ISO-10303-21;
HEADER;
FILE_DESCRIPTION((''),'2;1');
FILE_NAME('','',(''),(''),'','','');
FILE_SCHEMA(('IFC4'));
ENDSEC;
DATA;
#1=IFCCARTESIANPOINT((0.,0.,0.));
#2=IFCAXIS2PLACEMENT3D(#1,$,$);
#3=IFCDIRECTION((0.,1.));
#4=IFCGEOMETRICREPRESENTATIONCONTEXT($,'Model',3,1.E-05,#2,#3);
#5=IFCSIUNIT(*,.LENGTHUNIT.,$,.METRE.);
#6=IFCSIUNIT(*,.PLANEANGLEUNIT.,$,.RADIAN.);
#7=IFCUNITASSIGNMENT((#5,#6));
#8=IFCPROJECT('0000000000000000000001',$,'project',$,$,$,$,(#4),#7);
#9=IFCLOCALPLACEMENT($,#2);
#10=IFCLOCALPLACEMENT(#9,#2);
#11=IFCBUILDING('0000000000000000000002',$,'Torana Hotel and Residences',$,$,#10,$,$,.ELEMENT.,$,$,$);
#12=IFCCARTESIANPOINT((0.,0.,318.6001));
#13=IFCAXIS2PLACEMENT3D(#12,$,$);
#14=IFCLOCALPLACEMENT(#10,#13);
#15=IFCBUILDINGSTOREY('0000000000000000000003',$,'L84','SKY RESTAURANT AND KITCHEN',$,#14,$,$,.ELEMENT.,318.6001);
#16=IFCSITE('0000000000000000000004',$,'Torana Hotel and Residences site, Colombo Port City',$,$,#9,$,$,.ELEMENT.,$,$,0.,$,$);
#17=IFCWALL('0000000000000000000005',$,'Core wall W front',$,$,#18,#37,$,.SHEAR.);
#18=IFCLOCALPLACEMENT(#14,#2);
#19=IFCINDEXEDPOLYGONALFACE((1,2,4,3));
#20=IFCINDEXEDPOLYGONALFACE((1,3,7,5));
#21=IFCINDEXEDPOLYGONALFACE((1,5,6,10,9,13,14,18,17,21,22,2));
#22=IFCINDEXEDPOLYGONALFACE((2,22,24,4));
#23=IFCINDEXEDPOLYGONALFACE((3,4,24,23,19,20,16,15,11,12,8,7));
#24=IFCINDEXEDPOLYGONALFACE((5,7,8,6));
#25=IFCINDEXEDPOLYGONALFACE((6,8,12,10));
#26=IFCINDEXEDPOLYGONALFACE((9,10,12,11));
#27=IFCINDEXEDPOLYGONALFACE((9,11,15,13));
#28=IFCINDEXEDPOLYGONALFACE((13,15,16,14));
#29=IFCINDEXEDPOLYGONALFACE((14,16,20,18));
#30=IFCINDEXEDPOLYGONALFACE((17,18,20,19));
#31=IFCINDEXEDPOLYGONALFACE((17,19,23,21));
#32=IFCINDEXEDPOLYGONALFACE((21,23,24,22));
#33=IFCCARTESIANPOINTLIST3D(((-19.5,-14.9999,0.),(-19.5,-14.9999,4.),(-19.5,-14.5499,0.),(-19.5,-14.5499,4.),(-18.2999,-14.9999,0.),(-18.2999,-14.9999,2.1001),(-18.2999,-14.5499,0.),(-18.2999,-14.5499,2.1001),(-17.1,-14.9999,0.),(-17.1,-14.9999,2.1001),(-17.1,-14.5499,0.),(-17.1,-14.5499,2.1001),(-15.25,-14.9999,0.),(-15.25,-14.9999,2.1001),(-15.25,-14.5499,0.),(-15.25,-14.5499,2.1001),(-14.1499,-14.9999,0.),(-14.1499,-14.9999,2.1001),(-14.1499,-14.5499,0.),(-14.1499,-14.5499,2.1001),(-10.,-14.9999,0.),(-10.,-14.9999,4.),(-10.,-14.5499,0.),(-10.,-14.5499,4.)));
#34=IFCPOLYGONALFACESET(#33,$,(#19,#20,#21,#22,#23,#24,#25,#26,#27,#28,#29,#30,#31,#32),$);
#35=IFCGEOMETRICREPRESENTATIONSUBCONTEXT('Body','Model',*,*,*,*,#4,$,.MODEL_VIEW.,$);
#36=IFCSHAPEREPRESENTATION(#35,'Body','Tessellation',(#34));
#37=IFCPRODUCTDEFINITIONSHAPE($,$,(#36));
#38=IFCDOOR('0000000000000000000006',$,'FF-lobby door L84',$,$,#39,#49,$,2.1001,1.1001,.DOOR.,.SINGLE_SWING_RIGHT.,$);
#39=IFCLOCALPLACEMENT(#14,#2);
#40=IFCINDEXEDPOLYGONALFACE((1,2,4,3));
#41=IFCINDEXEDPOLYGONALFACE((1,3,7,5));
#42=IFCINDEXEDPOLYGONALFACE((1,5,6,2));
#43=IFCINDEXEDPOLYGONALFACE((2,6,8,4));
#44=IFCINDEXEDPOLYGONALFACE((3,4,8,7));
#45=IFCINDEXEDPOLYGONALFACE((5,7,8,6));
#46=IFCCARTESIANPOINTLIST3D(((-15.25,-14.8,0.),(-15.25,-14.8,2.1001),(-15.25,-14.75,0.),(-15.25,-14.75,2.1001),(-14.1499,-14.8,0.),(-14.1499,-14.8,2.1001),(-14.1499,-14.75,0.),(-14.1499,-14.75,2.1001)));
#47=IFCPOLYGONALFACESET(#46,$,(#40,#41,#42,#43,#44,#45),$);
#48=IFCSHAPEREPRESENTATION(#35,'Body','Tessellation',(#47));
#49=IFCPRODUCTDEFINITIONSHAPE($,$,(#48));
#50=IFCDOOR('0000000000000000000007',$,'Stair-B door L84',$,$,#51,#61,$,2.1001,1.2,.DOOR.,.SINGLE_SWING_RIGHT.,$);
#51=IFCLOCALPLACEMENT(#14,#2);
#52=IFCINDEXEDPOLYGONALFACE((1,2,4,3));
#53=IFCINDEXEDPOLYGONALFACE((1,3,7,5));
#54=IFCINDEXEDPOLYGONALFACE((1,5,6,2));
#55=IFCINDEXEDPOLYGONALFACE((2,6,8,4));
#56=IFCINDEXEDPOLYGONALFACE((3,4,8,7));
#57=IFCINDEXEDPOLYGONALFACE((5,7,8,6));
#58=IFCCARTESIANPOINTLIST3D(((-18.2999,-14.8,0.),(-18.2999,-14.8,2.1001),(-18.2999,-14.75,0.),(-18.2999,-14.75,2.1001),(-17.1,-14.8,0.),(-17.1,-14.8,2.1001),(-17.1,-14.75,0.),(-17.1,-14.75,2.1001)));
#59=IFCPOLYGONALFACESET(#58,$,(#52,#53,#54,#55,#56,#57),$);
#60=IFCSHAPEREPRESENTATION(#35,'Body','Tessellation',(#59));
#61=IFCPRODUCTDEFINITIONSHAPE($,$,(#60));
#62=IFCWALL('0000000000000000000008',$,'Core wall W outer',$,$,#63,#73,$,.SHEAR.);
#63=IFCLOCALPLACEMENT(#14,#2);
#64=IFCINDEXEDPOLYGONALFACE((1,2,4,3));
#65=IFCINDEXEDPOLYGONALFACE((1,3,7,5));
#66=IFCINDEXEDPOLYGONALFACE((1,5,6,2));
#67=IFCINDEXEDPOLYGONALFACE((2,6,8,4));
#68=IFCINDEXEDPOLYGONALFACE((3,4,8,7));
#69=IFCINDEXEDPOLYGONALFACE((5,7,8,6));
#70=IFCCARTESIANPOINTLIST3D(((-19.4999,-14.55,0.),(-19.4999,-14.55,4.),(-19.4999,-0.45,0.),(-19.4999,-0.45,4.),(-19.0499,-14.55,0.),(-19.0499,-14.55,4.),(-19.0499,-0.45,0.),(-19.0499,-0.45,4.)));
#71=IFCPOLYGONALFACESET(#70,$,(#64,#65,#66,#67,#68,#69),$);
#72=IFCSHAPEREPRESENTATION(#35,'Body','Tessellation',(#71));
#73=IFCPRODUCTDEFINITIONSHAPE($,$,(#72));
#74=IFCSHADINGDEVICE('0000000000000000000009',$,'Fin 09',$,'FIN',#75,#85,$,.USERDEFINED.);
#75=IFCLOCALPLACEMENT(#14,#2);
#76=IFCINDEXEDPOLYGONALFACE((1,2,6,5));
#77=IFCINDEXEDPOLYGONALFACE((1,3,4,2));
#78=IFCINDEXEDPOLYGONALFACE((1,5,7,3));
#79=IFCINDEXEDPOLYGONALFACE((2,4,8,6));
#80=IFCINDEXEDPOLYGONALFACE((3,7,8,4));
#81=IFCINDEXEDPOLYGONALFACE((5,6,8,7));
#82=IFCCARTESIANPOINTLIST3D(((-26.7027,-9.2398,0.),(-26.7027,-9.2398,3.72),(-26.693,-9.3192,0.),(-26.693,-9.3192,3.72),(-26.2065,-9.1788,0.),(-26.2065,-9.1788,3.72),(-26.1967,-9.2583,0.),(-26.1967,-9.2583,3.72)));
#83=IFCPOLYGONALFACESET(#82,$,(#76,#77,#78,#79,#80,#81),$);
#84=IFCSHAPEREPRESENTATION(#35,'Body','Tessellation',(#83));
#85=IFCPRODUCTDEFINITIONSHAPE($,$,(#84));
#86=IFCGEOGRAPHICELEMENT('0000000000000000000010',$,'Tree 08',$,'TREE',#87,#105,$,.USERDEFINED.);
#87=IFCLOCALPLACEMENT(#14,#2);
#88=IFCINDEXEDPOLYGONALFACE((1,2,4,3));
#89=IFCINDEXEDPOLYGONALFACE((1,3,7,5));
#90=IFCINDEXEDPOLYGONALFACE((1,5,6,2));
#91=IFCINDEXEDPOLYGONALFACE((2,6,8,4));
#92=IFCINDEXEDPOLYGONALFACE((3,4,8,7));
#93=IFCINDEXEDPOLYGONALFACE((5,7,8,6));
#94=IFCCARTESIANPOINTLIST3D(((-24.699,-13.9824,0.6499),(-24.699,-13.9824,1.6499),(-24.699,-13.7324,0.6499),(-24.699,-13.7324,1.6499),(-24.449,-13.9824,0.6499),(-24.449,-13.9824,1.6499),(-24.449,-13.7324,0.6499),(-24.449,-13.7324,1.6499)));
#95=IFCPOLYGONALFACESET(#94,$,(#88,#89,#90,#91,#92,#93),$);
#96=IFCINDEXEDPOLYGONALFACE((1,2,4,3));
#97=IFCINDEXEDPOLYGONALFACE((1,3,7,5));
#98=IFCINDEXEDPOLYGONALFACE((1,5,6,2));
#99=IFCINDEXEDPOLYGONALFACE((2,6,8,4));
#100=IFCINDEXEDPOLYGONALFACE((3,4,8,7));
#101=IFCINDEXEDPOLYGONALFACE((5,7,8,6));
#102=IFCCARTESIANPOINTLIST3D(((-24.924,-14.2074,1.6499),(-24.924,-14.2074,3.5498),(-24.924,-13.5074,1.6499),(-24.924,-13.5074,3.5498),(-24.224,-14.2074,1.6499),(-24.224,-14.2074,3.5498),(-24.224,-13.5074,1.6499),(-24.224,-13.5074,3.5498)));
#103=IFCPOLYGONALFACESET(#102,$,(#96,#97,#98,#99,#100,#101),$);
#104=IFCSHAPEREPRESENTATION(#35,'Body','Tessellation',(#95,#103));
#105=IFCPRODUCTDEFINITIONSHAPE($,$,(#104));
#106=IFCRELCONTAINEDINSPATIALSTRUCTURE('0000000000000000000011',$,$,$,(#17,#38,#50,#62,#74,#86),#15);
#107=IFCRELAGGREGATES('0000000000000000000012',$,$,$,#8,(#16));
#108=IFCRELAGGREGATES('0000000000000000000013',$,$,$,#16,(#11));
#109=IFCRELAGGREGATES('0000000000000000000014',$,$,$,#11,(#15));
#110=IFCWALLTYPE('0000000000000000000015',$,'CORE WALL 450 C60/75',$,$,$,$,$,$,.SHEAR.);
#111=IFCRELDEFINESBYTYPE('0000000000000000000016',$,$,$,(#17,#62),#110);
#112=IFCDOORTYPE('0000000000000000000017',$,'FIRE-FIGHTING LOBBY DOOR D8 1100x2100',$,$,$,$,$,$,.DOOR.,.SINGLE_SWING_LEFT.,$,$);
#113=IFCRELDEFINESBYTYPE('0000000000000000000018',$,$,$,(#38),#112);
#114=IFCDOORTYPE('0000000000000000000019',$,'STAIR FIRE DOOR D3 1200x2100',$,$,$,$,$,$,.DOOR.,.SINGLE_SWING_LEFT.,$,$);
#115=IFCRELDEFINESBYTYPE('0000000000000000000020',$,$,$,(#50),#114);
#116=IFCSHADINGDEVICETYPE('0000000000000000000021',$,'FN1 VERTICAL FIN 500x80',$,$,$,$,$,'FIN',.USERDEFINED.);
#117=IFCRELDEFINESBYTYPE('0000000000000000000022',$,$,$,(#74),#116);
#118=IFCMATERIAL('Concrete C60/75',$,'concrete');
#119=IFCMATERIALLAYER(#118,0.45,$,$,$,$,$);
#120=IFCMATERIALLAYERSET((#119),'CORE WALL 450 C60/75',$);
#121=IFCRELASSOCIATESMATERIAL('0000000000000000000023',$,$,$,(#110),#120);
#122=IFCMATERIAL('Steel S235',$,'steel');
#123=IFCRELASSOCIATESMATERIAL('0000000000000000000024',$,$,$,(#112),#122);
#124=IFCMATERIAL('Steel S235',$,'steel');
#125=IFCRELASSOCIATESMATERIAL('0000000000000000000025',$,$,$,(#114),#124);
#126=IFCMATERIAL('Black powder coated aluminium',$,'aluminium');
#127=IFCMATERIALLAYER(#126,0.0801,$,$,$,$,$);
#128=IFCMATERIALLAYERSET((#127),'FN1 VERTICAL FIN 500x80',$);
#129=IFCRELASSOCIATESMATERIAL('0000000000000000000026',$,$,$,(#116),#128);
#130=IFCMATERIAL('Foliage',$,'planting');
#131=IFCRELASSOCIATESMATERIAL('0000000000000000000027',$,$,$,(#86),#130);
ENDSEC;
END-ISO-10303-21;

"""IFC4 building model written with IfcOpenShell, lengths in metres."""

from ifc_helpers import new_model, si_unit, direction, frame, frame_2d, origin, origin_2d, place, context, subcontext, project, spatial, rectangle, extrude, material, layer, layer_set, type_object, element, fill, save


model = new_model("IFC4")

# Units and contexts
model_context = context("Model", 3, precision=1e-05, world=origin(), true_north=direction((0.0, 1.0)))
body_context = subcontext(model_context, "Body", "Model", "MODEL_VIEW")
ifc_project = project(units=[si_unit("LENGTHUNIT", "METRE"), si_unit("PLANEANGLEUNIT", "RADIAN")], contexts=[model_context])

# Site, building, storey
site_placement = place(None, origin())
site = spatial("IfcSite", under=ifc_project, at=site_placement, Name="Torana Hotel and Residences site, Colombo Port City", CompositionType="ELEMENT", RefElevation=0.0)
building_placement = place(site_placement, origin())
building = spatial("IfcBuilding", under=site, at=building_placement, Name="Torana Hotel and Residences", CompositionType="ELEMENT")
storey_placement = place(building_placement, frame((0.0, 0.0, 318.6001)))
storey = spatial("IfcBuildingStorey", under=building, at=storey_placement, Name="L84", Description="SKY RESTAURANT AND KITCHEN", CompositionType="ELEMENT", Elevation=318.6001)

# Wall, openings, doors
ifc_material_1 = material(Name="Concrete C60/75", Category="concrete")
ifc_layer_1 = layer(ifc_material_1, 0.45)
ifc_layer_set_1 = layer_set([ifc_layer_1], Name="CORE WALL 450 C60/75")
wall_type_1 = type_object("IfcWallType", Name="CORE WALL 450 C60/75", PredefinedType="SHEAR", material=ifc_layer_set_1)
wall_1_placement = place(storey_placement, frame((-19.5, -14.7749, 0.0), z_axis=(0.0, 0.0, 1.0), x_axis=(1.0, 0.0, 0.0)))
wall_1 = element("IfcWall", 1, at=wall_1_placement, inside=storey, type_object=wall_type_1, Name="Core wall W front", PredefinedType="SHEAR", context=body_context, shape_type="SweptSolid", body=[
    extrude(rectangle(XDim=9.5, YDim=0.45, at=frame_2d((4.75, 0.0))), origin(), (0.0, 0.0, 1.0), 4.0),
])
opening_1_placement = place(wall_1_placement, frame((1.2, 0.0, 0.0)))
opening_1 = element("IfcOpeningElement", 2, at=opening_1_placement, cuts=wall_1, PredefinedType="OPENING", context=body_context, shape_type="SweptSolid", body=[
    extrude(rectangle(XDim=1.2, YDim=2.1001, at=frame_2d((0.6001, 1.05))), frame((0.0, 0.2349, 0.0), z_axis=(0.0, -1.0, 0.0), x_axis=(1.0, 0.0, 0.0)), (0.0, 0.0, 1.0), 0.47),
])
opening_2_placement = place(wall_1_placement, frame((4.25, 0.0, 0.0)))
opening_2 = element("IfcOpeningElement", 3, at=opening_2_placement, cuts=wall_1, PredefinedType="OPENING", context=body_context, shape_type="SweptSolid", body=[
    extrude(rectangle(XDim=1.1001, YDim=2.1001, at=frame_2d((0.55, 1.05))), frame((0.0, 0.2349, 0.0), z_axis=(0.0, -1.0, 0.0), x_axis=(1.0, 0.0, 0.0)), (0.0, 0.0, 1.0), 0.47),
])
ifc_material_2 = material(Name="Steel S235", Category="steel")
door_type_1 = type_object("IfcDoorType", Name="FIRE-FIGHTING LOBBY DOOR D8 1100x2100", OperationType="SINGLE_SWING_LEFT", PredefinedType="DOOR", material=ifc_material_2)
door_1_placement = place(opening_2_placement, origin())
door_1 = element("IfcDoor", 4, at=door_1_placement, inside=storey, type_object=door_type_1, Name="FF-lobby door L84", OperationType="SINGLE_SWING_RIGHT", OverallHeight=2.1001, OverallWidth=1.1001, PredefinedType="DOOR", context=body_context, shape_type="SweptSolid", body=[
    extrude(rectangle(XDim=1.1001, YDim=2.1001, at=frame_2d((0.55, 1.05))), frame((0.0, 0.0249, 0.0), z_axis=(0.0, -1.0, 0.0), x_axis=(1.0, 0.0, 0.0)), (0.0, 0.0, 1.0), 0.05),
])
fill(opening_2, door_1)
ifc_material_3 = material(Name="Steel S235", Category="steel")
door_type_2 = type_object("IfcDoorType", Name="STAIR FIRE DOOR D3 1200x2100", OperationType="SINGLE_SWING_LEFT", PredefinedType="DOOR", material=ifc_material_3)
door_2_placement = place(opening_1_placement, origin())
door_2 = element("IfcDoor", 5, at=door_2_placement, inside=storey, type_object=door_type_2, Name="Stair-B door L84", OperationType="SINGLE_SWING_RIGHT", OverallHeight=2.1001, OverallWidth=1.2, PredefinedType="DOOR", context=body_context, shape_type="SweptSolid", body=[
    extrude(rectangle(XDim=1.2, YDim=2.1001, at=frame_2d((0.6001, 1.05))), frame((0.0, 0.0249, 0.0), z_axis=(0.0, -1.0, 0.0), x_axis=(1.0, 0.0, 0.0)), (0.0, 0.0, 1.0), 0.05),
])
fill(opening_1, door_2)

# Wall
wall_2_placement = place(storey_placement, frame((-19.2749, -14.55, 0.0), z_axis=(0.0, 0.0, 1.0), x_axis=(0.0, 1.0, 0.0)))
element("IfcWall", 6, at=wall_2_placement, inside=storey, type_object=wall_type_1, Name="Core wall W outer", PredefinedType="SHEAR", context=body_context, shape_type="SweptSolid", body=[
    extrude(rectangle(XDim=14.1001, YDim=0.45, at=frame_2d((7.05, 0.0))), origin(), (0.0, 0.0, 1.0), 4.0),
])

# Shading device
ifc_material_4 = material(Name="Black powder coated aluminium", Category="aluminium")
ifc_layer_2 = layer(ifc_material_4, 0.0801)
ifc_layer_set_2 = layer_set([ifc_layer_2], Name="FN1 VERTICAL FIN 500x80")
shading_device_type = type_object("IfcShadingDeviceType", Name="FN1 VERTICAL FIN 500x80", ElementType="FIN", PredefinedType="USERDEFINED", material=ifc_layer_set_2)
shading_device_placement = place(storey_placement, frame((-26.4497, -9.249, 0.0), z_axis=(0.0, 0.0, 1.0), x_axis=(-0.121871, 0.992546, 0.0)))
element("IfcShadingDevice", 7, at=shading_device_placement, inside=storey, type_object=shading_device_type, Name="Fin 09", ObjectType="FIN", PredefinedType="USERDEFINED", context=body_context, shape_type="SweptSolid", body=[
    extrude(rectangle(XDim=0.0801, YDim=0.5, at=origin_2d()), origin(), (0.0, 0.0, 1.0), 3.72),
])

# Geographic element
ifc_material_5 = material(Name="Foliage", Category="planting")
geographic_element_placement = place(storey_placement, frame((-24.574, -13.8574, 0.6499), z_axis=(0.0, 0.0, 1.0), x_axis=(1.0, 0.0, 0.0)))
element("IfcGeographicElement", 8, at=geographic_element_placement, inside=storey, material=ifc_material_5, Name="Tree 08", ObjectType="TREE", PredefinedType="USERDEFINED", context=body_context, shape_type="SweptSolid", body=[
    extrude(rectangle(XDim=0.25, YDim=0.25, at=origin_2d()), origin(), (0.0, 0.0, 1.0), 1.0),
    extrude(rectangle(XDim=0.7, YDim=0.7, at=origin_2d()), frame((0.0, 0.0, 1.0)), (0.0, 0.0, 1.0), 1.8999),
])

save(model, "model.ifc")
